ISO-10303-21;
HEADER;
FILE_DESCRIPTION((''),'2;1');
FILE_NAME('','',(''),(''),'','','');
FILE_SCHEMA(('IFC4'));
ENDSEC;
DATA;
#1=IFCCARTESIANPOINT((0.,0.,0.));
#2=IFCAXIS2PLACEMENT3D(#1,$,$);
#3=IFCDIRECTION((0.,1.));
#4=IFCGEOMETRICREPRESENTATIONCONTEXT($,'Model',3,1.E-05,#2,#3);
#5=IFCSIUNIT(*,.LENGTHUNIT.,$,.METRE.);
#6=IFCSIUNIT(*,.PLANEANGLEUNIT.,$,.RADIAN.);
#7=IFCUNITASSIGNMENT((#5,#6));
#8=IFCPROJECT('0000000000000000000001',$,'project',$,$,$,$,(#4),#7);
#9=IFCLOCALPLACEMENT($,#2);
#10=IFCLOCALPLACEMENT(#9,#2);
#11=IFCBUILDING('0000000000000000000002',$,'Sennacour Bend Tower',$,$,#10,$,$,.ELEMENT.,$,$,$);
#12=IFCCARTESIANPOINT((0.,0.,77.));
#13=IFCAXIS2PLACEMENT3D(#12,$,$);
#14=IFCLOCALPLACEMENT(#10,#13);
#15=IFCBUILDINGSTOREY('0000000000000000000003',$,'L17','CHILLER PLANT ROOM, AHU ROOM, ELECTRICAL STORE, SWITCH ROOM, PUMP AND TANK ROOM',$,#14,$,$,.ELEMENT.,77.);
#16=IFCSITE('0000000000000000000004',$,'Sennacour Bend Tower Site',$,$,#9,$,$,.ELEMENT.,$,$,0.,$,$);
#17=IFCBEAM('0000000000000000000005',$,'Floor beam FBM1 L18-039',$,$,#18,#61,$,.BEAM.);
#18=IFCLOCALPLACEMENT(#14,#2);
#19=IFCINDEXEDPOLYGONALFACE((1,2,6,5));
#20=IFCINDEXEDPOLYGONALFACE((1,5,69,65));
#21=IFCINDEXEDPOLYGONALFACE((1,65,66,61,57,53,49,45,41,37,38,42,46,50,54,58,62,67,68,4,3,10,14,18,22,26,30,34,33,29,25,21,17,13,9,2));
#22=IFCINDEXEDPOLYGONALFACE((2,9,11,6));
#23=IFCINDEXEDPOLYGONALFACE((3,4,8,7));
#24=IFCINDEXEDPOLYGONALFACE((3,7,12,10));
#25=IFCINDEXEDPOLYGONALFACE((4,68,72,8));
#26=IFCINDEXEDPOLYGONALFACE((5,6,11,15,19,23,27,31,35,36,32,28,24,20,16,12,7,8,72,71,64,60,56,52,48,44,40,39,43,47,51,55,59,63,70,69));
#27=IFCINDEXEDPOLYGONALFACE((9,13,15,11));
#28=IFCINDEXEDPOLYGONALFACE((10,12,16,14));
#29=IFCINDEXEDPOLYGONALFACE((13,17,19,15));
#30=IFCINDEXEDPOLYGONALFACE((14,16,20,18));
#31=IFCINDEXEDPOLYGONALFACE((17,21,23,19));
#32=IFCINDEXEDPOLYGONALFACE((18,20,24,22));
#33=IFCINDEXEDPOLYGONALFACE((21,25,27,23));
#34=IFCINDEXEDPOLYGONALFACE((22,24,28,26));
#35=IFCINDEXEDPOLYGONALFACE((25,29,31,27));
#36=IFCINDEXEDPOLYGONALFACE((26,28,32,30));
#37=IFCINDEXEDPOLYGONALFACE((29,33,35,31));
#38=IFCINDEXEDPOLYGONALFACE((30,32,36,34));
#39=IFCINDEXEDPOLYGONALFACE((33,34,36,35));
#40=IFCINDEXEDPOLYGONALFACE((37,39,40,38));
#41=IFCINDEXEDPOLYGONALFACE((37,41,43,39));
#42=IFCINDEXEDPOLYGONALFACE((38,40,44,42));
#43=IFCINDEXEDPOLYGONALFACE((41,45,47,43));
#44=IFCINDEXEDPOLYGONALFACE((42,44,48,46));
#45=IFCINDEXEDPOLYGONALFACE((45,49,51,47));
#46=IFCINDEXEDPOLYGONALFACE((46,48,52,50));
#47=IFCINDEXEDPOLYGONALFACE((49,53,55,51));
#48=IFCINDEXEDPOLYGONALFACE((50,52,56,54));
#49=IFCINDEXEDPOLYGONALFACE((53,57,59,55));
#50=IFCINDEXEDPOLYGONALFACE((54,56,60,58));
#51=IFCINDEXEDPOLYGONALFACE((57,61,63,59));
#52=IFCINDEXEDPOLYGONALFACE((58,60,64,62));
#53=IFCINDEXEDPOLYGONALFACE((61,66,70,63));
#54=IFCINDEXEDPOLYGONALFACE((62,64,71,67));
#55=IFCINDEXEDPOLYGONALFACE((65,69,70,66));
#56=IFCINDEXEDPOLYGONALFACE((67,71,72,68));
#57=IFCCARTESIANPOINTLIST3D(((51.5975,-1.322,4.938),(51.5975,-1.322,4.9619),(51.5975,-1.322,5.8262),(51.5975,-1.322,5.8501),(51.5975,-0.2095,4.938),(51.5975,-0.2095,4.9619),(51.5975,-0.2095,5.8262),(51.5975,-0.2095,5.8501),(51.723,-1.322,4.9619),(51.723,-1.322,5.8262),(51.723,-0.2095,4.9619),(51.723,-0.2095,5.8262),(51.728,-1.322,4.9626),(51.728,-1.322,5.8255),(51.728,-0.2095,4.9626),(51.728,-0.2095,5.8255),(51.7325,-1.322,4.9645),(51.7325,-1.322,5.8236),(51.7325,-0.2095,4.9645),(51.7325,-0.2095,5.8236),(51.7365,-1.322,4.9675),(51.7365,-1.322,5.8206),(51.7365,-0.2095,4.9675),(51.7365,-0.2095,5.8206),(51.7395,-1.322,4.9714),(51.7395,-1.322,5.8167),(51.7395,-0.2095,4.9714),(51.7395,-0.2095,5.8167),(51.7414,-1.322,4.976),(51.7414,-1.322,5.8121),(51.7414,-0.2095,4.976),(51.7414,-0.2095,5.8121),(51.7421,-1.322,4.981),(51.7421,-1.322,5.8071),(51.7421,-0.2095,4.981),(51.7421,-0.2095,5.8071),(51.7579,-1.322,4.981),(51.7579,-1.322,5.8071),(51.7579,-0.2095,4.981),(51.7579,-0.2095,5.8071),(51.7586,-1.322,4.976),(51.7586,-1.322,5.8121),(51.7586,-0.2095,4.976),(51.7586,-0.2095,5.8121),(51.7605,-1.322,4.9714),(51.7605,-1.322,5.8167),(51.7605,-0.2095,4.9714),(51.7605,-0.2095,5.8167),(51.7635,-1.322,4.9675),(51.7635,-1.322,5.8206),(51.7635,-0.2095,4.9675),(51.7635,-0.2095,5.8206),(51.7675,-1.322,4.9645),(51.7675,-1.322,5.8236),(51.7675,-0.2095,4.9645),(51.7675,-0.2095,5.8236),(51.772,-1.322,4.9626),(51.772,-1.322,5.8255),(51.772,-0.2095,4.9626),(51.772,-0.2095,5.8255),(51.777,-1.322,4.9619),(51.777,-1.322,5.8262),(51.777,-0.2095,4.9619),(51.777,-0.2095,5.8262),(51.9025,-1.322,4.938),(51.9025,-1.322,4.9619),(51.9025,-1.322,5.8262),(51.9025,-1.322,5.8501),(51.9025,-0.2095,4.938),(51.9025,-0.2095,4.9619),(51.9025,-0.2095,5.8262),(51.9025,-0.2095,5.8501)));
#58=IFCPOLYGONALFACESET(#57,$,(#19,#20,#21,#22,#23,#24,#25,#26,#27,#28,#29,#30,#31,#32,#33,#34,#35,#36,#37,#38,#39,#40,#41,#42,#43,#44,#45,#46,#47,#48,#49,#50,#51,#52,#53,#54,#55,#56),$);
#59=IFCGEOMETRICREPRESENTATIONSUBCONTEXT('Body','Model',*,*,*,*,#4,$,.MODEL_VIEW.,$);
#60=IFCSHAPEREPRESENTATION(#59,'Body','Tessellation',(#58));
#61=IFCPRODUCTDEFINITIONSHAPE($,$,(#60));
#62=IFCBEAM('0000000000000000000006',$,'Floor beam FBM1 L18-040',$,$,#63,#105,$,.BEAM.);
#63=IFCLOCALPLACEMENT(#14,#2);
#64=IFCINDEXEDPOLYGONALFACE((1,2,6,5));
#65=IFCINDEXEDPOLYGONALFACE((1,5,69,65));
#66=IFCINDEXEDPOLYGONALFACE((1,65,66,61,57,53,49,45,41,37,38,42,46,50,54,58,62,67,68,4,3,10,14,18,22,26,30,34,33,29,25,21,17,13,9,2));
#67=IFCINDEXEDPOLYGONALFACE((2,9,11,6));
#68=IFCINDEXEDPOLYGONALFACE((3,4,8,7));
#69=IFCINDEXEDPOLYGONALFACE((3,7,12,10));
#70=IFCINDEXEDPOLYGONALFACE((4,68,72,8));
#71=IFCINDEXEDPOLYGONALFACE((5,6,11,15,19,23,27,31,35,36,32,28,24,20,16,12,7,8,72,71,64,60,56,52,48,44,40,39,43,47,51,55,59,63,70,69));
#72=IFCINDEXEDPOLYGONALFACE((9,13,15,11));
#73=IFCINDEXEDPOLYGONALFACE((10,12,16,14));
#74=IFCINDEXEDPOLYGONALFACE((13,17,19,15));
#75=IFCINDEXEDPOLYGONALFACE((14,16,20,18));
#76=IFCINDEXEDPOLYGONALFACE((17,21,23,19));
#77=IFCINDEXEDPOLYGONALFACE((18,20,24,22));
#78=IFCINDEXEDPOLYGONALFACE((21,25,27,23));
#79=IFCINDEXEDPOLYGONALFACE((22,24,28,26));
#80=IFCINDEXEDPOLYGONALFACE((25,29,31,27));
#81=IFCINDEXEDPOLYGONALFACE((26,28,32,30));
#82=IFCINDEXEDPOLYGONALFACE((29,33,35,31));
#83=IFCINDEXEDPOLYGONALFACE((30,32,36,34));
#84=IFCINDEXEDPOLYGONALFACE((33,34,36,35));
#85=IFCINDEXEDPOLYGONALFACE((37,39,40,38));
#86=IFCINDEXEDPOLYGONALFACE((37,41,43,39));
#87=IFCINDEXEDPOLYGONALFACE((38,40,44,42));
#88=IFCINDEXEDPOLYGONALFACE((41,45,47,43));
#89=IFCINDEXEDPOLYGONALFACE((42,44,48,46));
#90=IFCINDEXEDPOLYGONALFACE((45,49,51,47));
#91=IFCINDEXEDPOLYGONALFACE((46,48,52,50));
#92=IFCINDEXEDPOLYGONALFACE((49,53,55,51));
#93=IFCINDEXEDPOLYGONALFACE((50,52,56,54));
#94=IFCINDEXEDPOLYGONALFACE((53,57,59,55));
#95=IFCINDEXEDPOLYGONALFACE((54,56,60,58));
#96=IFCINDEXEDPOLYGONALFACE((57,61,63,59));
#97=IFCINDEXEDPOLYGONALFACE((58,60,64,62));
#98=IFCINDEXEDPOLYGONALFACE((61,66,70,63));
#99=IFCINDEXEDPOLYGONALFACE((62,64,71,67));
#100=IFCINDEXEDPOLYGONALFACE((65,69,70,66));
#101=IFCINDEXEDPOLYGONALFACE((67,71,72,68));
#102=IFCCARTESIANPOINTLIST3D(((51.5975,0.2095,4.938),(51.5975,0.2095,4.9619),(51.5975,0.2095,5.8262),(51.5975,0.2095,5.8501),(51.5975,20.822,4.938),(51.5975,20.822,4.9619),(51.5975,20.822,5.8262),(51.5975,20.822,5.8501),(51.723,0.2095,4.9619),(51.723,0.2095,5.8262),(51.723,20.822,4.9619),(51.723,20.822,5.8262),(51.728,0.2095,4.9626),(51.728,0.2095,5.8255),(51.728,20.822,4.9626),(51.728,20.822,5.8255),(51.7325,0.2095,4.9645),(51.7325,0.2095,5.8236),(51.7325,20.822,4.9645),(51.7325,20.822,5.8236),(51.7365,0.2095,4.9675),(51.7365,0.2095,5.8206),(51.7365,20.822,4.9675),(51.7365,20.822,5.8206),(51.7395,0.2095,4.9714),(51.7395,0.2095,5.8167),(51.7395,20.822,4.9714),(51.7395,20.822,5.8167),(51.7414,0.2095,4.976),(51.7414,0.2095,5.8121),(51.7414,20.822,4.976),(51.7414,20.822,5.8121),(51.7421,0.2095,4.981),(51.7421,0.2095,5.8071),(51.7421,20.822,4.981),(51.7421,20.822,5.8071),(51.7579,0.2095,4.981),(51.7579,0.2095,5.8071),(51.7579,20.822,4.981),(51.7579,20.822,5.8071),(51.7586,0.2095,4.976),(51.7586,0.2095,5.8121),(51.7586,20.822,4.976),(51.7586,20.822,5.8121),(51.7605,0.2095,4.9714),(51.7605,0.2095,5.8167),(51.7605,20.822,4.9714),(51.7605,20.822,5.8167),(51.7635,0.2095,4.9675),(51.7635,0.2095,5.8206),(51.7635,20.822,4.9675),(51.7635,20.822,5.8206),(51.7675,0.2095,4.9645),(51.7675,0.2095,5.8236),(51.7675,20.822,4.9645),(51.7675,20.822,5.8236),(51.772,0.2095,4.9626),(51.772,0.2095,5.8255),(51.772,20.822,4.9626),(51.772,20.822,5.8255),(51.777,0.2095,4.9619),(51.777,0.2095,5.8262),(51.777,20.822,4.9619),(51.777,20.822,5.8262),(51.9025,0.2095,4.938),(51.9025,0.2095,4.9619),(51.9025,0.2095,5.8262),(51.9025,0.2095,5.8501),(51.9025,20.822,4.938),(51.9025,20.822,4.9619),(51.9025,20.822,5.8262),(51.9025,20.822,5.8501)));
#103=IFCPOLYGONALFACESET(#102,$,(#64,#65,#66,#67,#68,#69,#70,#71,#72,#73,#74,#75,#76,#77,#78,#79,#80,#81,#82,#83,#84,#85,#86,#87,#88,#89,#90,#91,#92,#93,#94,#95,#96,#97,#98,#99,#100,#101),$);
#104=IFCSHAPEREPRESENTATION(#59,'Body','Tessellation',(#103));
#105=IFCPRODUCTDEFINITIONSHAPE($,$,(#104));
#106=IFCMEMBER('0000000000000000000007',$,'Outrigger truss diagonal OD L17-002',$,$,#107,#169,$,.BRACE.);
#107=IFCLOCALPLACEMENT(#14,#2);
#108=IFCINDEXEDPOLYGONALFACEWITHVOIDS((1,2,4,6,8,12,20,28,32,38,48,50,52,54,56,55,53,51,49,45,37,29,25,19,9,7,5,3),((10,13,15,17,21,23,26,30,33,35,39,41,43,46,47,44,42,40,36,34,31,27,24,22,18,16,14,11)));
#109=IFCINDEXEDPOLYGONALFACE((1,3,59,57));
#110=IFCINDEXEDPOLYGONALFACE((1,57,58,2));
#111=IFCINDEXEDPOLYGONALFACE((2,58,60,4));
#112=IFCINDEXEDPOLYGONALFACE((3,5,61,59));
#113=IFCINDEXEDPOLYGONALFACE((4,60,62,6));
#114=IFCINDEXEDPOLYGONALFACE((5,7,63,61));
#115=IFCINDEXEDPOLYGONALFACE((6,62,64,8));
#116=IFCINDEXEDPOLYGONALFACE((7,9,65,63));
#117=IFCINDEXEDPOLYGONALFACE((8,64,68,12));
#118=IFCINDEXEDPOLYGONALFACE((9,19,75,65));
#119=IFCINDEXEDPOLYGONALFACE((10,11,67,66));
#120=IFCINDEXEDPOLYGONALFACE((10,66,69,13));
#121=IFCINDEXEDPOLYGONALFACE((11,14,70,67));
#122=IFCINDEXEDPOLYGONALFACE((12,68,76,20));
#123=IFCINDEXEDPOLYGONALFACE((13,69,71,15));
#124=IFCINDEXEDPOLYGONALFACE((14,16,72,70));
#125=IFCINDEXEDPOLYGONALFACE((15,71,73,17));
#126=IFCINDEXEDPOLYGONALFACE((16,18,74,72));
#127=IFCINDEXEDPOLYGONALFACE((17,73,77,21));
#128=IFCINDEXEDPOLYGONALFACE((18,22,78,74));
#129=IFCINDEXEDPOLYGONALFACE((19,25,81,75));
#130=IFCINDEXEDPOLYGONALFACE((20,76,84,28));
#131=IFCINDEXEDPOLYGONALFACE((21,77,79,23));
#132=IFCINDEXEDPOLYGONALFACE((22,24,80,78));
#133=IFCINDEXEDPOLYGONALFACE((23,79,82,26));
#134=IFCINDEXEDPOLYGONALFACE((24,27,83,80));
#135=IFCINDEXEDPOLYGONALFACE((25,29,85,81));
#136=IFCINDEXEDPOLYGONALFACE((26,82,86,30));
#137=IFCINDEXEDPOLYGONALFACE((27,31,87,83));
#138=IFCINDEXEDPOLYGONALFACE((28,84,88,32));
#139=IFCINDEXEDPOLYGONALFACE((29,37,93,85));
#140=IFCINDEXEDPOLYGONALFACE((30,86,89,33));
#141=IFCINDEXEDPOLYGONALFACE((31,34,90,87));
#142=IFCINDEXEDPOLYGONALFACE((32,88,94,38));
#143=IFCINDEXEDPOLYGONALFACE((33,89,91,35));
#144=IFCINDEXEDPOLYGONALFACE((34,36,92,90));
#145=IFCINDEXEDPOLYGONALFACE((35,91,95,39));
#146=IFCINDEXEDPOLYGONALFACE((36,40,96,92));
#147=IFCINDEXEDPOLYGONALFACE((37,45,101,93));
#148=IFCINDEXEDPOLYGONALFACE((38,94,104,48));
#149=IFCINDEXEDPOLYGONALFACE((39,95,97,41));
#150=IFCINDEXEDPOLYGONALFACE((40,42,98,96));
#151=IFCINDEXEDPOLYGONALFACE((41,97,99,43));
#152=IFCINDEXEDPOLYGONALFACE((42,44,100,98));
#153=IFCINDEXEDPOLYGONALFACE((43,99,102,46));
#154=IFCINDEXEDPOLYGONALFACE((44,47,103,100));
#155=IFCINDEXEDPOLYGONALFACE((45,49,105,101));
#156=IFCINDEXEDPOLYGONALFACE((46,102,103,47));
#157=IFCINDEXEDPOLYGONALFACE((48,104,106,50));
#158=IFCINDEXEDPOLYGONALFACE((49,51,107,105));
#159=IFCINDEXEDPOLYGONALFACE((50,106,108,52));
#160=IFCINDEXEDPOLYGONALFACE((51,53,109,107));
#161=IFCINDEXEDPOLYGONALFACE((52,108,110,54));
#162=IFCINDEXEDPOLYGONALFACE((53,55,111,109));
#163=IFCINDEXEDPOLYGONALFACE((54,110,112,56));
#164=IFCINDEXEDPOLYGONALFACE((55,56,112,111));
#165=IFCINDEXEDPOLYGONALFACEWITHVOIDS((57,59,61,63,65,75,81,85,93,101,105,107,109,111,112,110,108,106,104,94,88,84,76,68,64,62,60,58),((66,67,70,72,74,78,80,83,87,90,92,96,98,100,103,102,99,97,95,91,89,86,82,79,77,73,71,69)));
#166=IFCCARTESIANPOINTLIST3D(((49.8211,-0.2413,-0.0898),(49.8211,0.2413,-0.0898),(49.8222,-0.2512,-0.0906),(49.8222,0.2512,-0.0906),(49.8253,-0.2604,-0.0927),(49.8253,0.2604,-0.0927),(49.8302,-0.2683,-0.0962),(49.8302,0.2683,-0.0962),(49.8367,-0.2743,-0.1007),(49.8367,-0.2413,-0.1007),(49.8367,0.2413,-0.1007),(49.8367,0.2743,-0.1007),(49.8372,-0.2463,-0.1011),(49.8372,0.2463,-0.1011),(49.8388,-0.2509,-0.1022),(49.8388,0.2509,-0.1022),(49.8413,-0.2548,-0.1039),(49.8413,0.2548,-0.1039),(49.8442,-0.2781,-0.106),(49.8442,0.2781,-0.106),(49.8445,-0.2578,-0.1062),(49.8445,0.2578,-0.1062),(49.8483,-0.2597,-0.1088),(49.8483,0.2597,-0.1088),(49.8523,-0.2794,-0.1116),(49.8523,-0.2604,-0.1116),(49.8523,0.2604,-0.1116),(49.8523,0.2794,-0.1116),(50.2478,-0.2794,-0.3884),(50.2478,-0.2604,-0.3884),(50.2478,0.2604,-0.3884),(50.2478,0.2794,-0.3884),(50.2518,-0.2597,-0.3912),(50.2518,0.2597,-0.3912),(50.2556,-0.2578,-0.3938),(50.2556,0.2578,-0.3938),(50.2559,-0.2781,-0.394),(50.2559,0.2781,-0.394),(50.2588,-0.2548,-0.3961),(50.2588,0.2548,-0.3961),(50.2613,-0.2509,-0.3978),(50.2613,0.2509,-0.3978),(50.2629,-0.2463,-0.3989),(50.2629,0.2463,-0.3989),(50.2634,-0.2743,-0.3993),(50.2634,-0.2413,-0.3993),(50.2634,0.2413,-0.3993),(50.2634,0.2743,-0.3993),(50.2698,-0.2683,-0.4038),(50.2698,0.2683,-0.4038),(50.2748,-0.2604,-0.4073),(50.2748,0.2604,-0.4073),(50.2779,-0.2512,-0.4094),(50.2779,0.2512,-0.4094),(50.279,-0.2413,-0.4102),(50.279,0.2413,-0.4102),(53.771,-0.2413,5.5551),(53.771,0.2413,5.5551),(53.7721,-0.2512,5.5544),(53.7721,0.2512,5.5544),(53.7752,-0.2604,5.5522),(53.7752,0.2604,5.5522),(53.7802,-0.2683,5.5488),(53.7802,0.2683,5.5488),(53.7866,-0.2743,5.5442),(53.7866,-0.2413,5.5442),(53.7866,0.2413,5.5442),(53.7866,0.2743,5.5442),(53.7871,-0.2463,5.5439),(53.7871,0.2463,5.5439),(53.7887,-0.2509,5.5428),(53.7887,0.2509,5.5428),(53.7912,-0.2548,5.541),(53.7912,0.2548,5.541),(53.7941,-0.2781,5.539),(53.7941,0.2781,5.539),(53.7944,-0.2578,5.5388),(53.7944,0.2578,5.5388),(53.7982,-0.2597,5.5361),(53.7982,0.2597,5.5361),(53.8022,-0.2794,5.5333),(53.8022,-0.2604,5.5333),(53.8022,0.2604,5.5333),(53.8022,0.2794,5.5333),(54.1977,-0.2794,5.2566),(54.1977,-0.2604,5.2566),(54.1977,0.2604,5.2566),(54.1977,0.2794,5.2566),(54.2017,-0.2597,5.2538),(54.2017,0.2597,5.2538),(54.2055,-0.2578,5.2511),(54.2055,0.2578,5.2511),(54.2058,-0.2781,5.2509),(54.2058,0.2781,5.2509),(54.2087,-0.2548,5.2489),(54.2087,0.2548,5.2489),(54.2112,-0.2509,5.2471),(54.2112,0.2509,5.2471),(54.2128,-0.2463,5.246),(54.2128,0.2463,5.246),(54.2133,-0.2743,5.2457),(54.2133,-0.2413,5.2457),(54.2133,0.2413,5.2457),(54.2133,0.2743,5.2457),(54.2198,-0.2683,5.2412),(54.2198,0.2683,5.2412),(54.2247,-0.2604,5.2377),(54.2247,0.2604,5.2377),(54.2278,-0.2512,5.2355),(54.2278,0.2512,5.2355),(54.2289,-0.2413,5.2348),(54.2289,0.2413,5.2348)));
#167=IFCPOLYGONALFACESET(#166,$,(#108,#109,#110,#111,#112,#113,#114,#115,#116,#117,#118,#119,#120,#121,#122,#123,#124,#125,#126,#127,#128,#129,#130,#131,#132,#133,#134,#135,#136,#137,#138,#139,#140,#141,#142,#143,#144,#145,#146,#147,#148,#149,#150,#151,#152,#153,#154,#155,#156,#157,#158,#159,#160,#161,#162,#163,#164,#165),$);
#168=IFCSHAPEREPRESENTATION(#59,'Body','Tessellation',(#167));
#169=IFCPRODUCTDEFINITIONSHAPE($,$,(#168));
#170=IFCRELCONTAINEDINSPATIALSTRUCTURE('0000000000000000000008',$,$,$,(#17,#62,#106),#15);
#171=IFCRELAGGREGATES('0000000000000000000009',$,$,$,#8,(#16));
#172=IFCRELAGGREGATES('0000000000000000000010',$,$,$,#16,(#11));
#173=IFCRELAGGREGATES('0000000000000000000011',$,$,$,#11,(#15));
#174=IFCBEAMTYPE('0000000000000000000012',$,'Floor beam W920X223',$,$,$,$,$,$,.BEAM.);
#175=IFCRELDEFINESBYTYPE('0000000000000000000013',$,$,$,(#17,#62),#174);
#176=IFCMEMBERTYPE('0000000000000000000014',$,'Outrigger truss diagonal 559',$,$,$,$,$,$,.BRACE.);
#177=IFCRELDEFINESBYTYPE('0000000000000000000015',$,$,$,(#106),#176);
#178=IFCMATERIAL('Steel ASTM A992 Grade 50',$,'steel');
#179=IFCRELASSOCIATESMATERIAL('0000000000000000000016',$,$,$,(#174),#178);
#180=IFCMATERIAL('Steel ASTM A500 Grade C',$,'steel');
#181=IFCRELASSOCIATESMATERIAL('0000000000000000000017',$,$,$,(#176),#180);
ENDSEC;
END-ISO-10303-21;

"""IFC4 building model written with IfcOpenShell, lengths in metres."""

from ifc_helpers import new_model, si_unit, direction, frame, origin, origin_2d, place, context, subcontext, project, spatial, hollow_rectangle, i_section, extrude, material, material_profile, profile_set, type_object, element, save


model = new_model("IFC4")

# Units and contexts
model_context = context("Model", 3, precision=1e-05, world=origin(), true_north=direction((0.0, 1.0)))
body_context = subcontext(model_context, "Body", "Model", "MODEL_VIEW")
ifc_project = project(units=[si_unit("LENGTHUNIT", "METRE"), si_unit("PLANEANGLEUNIT", "RADIAN")], contexts=[model_context])

# Site, building, storey
site_placement = place(None, origin())
site = spatial("IfcSite", under=ifc_project, at=site_placement, Name="Sennacour Bend Tower Site", CompositionType="ELEMENT", RefElevation=0.0)
building_placement = place(site_placement, origin())
building = spatial("IfcBuilding", under=site, at=building_placement, Name="Sennacour Bend Tower", CompositionType="ELEMENT")
storey_placement = place(building_placement, frame((0.0, 0.0, 77.0)))
storey = spatial("IfcBuildingStorey", under=building, at=storey_placement, Name="L17", Description="CHILLER PLANT ROOM, AHU ROOM, ELECTRICAL STORE, SWITCH ROOM, PUMP AND TANK ROOM", CompositionType="ELEMENT", Elevation=77.0)

# Shared definitions
ifc_material_1 = material(Name="Steel ASTM A992 Grade 50", Category="steel")

# Beams
ifc_material_profile_1 = material_profile(ifc_material_1, i_section(OverallWidth=0.3049, OverallDepth=0.9121, WebThickness=0.0159, FlangeThickness=0.0239, FilletRadius=0.019, at=origin_2d()), Name="Steel ASTM A992 Grade 50", Category="steel")
ifc_profile_set_1 = profile_set([ifc_material_profile_1], Name="Steel ASTM A992 Grade 50")
beam_type_1 = type_object("IfcBeamType", Name="Floor beam W920X223", PredefinedType="BEAM", material=ifc_profile_set_1)
beam_1_placement = place(storey_placement, frame((51.75, -1.322, 5.394), z_axis=(0.0, 1.0, 0.0), x_axis=(-1.0, 0.0, 0.0)))
element("IfcBeam", 1, at=beam_1_placement, inside=storey, type_object=beam_type_1, Name="Floor beam FBM1 L18-039", PredefinedType="BEAM", context=body_context, shape_type="SweptSolid", body=[
    extrude(i_section(OverallWidth=0.3049, OverallDepth=0.9121, WebThickness=0.0159, FlangeThickness=0.0239, FilletRadius=0.019, at=origin_2d()), origin(), (0.0, 0.0, 1.0), 1.1125),
])
beam_2_placement = place(storey_placement, frame((51.75, 0.2095, 5.394), z_axis=(0.0, 1.0, 0.0), x_axis=(-1.0, 0.0, 0.0)))
element("IfcBeam", 2, at=beam_2_placement, inside=storey, type_object=beam_type_1, Name="Floor beam FBM1 L18-040", PredefinedType="BEAM", context=body_context, shape_type="SweptSolid", body=[
    extrude(i_section(OverallWidth=0.3049, OverallDepth=0.9121, WebThickness=0.0159, FlangeThickness=0.0239, FilletRadius=0.019, at=origin_2d()), origin(), (0.0, 0.0, 1.0), 20.6125),
])

# Member
ifc_material_2 = material(Name="Steel ASTM A500 Grade C", Category="steel")
ifc_material_profile_2 = material_profile(ifc_material_2, hollow_rectangle(XDim=0.5588, YDim=0.5588, WallThickness=0.019, InnerFilletRadius=0.019, OuterFilletRadius=0.0381, at=origin_2d()), Name="Steel ASTM A500 Grade C", Category="steel")
ifc_profile_set_2 = profile_set([ifc_material_profile_2], Name="Steel ASTM A500 Grade C")
member_type_1 = type_object("IfcMemberType", Name="Outrigger truss diagonal 559", PredefinedType="BRACE", material=ifc_profile_set_2)
member_1_placement = place(storey_placement, frame((50.05, 0.0, -0.25), z_axis=(0.57331, 0.0, 0.819338), x_axis=(0.0, 1.0, 0.0)))
element("IfcMember", 3, at=member_1_placement, inside=storey, type_object=member_type_1, Name="Outrigger truss diagonal OD L17-002", PredefinedType="BRACE", context=body_context, shape_type="SweptSolid", body=[
    extrude(hollow_rectangle(XDim=0.5588, YDim=0.5588, WallThickness=0.019, InnerFilletRadius=0.019, OuterFilletRadius=0.0381, at=origin_2d()), origin(), (0.0, 0.0, 1.0), 6.8896),
])

save(model, "model.ifc")
